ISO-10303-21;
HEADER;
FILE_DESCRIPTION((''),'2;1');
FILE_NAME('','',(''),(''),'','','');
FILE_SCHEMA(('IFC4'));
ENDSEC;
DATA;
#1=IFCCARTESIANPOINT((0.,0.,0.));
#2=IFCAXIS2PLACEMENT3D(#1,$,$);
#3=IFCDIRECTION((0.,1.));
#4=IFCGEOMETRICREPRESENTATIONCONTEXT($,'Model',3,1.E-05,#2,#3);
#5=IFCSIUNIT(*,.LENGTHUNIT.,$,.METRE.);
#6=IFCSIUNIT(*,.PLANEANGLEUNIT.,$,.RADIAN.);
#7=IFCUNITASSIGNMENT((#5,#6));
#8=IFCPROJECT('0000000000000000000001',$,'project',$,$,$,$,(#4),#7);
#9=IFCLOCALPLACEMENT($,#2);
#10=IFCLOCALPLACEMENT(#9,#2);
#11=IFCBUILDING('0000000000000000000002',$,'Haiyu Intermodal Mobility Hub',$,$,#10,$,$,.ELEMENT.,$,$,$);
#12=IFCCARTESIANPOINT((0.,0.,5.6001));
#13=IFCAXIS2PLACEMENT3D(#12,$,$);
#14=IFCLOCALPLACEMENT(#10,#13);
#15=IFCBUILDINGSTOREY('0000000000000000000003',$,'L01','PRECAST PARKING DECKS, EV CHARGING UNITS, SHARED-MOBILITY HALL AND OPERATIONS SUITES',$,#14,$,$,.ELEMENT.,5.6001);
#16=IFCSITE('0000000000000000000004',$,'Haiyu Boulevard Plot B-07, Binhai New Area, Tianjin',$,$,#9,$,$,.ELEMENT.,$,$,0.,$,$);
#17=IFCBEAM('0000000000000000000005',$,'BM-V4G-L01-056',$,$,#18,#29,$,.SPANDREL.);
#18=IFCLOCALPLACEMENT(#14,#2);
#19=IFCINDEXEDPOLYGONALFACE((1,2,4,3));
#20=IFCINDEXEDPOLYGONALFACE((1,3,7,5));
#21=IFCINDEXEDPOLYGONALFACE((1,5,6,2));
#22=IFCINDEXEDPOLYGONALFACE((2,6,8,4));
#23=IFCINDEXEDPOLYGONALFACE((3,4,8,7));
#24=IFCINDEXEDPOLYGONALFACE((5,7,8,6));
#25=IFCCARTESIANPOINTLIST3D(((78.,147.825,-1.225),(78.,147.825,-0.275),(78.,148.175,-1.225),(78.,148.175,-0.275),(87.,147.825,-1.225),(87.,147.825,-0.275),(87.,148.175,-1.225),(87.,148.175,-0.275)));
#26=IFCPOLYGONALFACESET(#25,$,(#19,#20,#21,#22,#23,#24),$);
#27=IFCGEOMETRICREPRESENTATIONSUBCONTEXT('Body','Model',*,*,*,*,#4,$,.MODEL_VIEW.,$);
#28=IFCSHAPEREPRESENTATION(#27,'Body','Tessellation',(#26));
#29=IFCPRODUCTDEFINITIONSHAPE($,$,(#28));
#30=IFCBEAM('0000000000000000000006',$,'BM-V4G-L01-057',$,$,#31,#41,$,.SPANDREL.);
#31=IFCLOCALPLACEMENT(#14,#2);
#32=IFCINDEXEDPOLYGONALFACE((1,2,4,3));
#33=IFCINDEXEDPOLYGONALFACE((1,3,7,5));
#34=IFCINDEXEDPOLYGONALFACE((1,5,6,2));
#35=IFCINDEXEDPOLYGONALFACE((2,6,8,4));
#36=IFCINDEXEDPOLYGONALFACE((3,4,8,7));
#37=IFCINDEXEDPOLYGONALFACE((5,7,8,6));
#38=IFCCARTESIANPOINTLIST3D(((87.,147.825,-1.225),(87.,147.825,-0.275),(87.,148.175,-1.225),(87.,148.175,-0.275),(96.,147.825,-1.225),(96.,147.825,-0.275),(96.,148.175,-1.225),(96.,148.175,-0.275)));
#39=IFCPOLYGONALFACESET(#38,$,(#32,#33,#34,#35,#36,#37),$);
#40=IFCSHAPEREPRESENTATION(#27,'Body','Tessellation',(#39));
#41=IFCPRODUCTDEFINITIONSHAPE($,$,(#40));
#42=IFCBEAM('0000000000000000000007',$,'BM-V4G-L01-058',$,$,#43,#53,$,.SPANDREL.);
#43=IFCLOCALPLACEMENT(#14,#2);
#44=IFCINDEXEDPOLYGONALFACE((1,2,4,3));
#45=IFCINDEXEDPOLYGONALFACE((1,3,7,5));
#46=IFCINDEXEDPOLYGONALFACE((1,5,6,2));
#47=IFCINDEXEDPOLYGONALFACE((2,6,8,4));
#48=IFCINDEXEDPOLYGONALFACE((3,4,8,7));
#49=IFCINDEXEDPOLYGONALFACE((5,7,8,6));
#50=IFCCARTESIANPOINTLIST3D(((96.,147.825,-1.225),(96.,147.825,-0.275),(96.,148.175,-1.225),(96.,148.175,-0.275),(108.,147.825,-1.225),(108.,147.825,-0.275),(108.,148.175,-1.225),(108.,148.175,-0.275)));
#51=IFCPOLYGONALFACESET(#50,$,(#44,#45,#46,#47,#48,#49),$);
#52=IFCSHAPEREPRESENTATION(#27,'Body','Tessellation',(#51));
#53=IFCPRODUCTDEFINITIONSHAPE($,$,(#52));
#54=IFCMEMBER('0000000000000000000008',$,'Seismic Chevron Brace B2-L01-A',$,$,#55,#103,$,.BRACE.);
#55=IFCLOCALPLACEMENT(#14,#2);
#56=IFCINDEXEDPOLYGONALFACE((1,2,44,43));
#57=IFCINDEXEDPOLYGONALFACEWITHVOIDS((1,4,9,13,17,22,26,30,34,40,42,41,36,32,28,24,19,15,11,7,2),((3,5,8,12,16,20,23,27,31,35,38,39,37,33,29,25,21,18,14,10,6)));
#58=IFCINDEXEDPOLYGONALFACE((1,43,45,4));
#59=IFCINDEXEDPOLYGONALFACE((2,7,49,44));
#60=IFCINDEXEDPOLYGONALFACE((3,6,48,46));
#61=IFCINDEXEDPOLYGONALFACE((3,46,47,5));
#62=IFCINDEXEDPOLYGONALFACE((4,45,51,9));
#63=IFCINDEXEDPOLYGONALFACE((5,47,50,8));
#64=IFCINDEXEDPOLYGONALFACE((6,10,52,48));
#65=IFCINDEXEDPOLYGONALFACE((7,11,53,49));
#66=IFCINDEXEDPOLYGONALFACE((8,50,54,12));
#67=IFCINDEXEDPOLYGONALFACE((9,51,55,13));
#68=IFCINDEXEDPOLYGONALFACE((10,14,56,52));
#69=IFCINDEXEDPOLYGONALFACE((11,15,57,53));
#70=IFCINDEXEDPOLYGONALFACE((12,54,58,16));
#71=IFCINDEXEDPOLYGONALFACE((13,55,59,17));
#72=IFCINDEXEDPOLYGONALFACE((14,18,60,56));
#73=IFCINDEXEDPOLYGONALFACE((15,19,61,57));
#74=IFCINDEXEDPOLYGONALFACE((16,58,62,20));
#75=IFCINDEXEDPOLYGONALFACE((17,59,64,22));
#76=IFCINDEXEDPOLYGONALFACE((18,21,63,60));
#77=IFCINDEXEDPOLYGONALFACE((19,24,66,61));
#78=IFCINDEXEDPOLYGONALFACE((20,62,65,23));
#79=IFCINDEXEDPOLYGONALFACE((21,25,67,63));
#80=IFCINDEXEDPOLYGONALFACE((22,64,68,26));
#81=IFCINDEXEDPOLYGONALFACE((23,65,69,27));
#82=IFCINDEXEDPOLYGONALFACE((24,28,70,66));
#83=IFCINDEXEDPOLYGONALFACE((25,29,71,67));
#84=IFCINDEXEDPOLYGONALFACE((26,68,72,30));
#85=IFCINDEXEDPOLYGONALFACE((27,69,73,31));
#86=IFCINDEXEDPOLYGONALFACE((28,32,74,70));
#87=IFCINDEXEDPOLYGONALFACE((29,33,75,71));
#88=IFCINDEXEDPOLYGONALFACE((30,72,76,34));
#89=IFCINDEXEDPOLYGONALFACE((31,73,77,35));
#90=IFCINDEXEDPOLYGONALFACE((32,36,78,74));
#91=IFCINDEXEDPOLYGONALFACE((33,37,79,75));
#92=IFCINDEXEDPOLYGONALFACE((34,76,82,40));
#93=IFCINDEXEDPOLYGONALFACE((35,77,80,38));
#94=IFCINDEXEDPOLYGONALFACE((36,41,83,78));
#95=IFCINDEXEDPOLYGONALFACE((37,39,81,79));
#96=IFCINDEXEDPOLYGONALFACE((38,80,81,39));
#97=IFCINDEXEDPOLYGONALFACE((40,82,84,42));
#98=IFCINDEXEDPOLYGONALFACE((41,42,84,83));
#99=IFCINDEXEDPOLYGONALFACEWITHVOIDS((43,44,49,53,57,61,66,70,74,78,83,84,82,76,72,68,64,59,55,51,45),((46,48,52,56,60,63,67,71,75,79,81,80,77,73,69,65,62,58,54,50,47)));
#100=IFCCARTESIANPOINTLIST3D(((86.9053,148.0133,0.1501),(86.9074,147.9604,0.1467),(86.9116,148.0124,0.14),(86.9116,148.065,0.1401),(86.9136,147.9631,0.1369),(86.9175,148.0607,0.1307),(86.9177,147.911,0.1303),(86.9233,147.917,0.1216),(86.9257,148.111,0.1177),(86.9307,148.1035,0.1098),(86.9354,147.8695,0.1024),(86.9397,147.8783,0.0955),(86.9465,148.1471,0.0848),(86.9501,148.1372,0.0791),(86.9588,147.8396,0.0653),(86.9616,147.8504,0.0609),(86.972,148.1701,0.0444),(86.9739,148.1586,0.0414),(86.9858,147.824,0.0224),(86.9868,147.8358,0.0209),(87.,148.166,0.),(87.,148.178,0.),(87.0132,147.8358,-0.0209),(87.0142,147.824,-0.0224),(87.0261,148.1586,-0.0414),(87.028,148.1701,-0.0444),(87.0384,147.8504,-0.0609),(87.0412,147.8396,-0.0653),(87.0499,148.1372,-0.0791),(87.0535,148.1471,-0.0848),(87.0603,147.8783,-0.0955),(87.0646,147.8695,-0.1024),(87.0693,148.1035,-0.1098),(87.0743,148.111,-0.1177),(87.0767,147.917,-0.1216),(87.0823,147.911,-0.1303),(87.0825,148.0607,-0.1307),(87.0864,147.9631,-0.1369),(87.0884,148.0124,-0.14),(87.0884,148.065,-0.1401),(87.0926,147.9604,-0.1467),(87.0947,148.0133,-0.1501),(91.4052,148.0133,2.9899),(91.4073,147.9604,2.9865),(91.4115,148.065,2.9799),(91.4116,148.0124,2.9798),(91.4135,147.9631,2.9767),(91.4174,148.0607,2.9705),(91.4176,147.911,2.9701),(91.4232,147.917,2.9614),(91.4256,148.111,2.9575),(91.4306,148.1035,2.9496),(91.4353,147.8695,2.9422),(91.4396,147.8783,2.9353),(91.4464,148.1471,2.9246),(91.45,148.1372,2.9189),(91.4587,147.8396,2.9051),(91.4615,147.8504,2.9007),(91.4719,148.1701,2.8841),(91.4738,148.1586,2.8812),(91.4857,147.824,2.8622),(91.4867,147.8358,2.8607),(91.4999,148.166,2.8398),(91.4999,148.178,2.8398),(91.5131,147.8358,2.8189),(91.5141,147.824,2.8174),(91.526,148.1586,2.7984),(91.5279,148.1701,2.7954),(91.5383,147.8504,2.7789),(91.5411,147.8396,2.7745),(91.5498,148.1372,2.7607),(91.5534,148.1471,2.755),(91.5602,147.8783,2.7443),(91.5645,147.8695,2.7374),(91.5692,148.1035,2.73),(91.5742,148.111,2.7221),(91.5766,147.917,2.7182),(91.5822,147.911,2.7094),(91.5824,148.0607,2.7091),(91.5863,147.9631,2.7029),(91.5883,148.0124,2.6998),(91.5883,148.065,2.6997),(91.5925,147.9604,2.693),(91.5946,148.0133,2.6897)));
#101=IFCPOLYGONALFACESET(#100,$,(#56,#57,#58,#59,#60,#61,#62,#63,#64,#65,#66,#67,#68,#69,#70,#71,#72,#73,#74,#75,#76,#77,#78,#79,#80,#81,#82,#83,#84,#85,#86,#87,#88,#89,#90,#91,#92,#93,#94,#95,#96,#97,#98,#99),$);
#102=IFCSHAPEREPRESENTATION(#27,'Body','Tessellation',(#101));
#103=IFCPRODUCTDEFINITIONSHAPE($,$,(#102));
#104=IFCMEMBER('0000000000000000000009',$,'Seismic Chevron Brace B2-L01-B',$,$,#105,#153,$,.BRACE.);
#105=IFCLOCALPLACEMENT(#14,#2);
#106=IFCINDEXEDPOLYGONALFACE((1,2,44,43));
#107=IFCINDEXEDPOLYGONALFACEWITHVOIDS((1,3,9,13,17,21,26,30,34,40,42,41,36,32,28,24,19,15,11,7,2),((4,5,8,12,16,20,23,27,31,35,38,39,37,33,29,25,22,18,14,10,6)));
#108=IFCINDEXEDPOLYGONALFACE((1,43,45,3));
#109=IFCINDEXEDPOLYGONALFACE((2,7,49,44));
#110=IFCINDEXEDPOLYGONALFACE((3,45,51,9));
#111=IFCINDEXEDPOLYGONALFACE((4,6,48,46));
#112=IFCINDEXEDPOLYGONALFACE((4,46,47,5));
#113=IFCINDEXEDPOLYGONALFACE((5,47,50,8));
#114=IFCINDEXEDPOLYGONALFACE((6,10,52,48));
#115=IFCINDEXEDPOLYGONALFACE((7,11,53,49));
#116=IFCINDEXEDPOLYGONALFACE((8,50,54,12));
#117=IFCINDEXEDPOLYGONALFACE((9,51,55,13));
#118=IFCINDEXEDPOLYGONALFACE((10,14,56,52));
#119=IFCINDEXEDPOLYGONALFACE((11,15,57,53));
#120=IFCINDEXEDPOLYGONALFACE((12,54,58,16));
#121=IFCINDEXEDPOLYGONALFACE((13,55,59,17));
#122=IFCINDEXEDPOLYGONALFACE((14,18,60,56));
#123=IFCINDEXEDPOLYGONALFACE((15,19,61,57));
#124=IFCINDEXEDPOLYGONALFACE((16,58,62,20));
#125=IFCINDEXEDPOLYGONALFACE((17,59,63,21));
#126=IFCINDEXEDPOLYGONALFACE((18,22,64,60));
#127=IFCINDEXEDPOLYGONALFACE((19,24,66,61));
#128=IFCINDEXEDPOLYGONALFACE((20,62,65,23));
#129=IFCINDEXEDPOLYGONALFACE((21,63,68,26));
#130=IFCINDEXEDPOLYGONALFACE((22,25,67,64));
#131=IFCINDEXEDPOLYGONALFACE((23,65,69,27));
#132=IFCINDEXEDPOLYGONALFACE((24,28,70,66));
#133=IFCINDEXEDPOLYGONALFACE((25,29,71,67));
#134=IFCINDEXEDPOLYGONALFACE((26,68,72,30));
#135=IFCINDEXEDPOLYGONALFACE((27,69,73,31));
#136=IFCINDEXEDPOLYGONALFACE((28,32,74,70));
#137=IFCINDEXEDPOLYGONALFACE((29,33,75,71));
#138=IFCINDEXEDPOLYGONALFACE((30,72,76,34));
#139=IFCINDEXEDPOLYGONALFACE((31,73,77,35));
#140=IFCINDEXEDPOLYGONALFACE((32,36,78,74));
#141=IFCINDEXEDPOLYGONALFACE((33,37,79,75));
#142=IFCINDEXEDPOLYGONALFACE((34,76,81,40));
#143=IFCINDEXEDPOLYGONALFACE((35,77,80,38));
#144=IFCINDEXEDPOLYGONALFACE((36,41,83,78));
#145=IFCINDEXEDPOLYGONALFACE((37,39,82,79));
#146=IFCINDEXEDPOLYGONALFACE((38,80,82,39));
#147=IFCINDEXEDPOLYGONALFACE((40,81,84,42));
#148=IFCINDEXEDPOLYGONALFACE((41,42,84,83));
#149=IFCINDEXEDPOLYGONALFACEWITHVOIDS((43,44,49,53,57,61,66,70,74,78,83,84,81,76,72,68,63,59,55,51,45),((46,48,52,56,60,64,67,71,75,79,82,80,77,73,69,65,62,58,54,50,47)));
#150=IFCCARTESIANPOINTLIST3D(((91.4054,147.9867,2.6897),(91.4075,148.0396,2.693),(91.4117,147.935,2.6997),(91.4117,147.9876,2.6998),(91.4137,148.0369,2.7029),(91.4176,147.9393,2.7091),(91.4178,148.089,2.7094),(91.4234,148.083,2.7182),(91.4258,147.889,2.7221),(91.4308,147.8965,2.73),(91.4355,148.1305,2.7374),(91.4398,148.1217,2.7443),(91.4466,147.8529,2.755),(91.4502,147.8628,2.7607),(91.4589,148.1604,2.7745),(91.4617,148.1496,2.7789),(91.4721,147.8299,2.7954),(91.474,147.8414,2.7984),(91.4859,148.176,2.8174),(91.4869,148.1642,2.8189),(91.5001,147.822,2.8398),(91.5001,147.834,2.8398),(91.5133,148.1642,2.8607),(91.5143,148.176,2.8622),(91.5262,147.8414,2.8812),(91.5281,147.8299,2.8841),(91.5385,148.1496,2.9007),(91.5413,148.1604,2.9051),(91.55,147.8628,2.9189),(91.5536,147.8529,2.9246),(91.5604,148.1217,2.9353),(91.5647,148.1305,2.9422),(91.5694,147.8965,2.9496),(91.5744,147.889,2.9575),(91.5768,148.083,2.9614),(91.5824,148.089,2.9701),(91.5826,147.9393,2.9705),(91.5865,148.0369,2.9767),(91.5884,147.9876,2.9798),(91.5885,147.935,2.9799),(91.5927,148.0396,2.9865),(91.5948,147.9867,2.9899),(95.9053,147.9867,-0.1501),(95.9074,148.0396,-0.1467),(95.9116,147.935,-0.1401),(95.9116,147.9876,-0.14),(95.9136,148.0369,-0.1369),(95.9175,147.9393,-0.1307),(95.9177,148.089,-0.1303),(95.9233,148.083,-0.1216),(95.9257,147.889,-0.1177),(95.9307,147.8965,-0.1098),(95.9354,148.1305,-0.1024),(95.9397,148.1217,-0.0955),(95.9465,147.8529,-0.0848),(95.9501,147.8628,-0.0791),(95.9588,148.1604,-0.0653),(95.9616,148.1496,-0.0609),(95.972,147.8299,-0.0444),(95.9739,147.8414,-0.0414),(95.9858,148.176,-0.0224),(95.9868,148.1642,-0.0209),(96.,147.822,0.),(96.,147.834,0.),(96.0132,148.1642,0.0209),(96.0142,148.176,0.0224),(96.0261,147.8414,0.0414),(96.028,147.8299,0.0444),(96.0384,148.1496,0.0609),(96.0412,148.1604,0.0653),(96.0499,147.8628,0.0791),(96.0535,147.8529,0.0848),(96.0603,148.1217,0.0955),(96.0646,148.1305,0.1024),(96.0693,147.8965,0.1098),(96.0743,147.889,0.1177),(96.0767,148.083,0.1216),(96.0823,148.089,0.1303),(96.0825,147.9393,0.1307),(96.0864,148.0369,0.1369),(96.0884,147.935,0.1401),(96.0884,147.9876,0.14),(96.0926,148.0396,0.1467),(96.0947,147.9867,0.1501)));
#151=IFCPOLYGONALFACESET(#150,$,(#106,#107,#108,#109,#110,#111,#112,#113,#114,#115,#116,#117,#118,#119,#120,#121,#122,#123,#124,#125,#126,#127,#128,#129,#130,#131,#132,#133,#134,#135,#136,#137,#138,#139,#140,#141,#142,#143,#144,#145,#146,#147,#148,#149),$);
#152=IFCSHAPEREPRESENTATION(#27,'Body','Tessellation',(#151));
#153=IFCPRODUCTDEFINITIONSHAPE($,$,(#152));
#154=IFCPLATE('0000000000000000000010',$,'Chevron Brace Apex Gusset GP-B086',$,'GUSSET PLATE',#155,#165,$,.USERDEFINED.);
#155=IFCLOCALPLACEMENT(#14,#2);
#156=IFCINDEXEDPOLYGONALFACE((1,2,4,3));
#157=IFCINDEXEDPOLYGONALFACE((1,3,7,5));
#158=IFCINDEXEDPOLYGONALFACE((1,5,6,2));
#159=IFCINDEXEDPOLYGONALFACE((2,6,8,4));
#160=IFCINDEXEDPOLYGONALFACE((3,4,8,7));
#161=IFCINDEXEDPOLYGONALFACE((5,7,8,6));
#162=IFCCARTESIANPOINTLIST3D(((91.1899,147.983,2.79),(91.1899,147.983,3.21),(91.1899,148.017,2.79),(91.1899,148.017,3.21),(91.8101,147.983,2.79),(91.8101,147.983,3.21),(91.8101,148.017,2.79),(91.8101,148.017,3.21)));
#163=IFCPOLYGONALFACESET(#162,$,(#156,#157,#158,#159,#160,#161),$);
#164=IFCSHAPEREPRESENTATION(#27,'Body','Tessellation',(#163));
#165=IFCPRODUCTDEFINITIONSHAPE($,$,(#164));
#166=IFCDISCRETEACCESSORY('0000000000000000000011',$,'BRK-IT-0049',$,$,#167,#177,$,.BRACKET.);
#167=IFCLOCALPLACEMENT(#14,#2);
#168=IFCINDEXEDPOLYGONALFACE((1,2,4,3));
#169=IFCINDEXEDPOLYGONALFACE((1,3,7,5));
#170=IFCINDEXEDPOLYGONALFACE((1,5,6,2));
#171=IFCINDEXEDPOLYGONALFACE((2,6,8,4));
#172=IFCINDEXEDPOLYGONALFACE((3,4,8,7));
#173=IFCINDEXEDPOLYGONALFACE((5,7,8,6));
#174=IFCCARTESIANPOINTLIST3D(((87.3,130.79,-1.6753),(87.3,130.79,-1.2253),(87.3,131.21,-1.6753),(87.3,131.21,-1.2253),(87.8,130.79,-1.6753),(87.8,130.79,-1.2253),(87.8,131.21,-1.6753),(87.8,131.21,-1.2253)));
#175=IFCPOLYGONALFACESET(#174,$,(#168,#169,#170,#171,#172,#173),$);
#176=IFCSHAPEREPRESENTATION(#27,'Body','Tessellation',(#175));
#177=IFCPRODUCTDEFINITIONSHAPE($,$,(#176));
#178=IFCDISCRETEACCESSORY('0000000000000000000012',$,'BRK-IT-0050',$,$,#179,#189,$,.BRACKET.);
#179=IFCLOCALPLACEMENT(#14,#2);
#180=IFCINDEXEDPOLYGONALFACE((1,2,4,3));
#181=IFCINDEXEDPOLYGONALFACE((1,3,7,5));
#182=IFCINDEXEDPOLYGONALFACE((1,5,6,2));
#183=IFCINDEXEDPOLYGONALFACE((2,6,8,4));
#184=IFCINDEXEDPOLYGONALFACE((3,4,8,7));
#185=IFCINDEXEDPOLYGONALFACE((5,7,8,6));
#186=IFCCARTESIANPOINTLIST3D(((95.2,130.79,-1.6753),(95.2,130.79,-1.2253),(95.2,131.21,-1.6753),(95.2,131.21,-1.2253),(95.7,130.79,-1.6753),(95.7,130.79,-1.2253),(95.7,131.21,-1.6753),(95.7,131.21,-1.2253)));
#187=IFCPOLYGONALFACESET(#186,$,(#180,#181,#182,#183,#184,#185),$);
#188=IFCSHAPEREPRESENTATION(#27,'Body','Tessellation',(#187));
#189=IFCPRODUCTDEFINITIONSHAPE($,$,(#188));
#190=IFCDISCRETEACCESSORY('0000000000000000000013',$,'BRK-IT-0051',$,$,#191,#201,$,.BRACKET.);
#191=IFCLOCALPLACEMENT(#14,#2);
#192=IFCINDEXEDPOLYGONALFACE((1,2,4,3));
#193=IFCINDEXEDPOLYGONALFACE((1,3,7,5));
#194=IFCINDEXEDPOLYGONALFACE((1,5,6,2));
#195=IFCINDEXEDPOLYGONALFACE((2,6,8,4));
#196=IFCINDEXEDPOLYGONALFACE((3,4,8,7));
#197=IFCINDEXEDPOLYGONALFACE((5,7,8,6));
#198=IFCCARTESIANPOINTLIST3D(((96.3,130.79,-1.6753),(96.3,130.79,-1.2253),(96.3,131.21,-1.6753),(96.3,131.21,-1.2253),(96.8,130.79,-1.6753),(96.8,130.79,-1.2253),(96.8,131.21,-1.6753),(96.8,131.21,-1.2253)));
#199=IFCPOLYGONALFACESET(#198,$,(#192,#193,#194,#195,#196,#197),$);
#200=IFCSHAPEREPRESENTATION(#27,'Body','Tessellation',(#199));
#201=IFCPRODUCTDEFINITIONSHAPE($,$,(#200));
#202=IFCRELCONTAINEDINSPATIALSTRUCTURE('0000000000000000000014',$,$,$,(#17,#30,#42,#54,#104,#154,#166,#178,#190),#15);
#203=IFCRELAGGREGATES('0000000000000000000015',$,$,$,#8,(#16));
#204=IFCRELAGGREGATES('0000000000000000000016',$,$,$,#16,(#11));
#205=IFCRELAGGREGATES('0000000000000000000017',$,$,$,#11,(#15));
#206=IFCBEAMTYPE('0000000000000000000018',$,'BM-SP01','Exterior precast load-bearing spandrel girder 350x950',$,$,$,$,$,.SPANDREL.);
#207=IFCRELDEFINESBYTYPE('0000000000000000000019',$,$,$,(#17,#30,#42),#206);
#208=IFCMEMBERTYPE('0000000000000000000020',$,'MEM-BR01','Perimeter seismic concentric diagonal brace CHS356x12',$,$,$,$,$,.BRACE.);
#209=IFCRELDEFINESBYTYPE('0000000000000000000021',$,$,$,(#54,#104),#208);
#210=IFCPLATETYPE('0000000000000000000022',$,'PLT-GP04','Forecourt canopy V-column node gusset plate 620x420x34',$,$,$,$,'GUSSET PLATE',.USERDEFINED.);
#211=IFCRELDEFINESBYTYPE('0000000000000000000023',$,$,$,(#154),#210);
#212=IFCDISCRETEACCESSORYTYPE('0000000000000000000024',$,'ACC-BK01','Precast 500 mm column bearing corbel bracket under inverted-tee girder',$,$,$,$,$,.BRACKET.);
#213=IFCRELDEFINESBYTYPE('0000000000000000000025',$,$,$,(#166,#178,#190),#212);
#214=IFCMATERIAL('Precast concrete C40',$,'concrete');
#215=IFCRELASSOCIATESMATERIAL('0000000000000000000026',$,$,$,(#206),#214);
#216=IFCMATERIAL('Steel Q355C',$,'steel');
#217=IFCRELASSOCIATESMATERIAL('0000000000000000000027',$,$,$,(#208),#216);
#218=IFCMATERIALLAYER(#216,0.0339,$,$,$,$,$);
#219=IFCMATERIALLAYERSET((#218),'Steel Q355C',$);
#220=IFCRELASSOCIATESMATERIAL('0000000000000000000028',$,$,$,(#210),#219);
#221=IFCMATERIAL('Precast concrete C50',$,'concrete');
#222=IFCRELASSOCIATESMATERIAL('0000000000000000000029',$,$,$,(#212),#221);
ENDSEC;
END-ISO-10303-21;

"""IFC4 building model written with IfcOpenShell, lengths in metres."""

from ifc_helpers import new_model, si_unit, direction, frame, origin, origin_2d, place, context, subcontext, project, spatial, rectangle, hollow_circle, extrude, material, layer, layer_set, material_profile, profile_set, type_object, element, save


model = new_model("IFC4")

# Units and contexts
model_context = context("Model", 3, precision=1e-05, world=origin(), true_north=direction((0.0, 1.0)))
body_context = subcontext(model_context, "Body", "Model", "MODEL_VIEW")
ifc_project = project(units=[si_unit("LENGTHUNIT", "METRE"), si_unit("PLANEANGLEUNIT", "RADIAN")], contexts=[model_context])

# Site, building, storey
site_placement = place(None, origin())
site = spatial("IfcSite", under=ifc_project, at=site_placement, Name="Haiyu Boulevard Plot B-07, Binhai New Area, Tianjin", CompositionType="ELEMENT", RefElevation=0.0)
building_placement = place(site_placement, origin())
building = spatial("IfcBuilding", under=site, at=building_placement, Name="Haiyu Intermodal Mobility Hub", CompositionType="ELEMENT")
storey_placement = place(building_placement, frame((0.0, 0.0, 5.6001)))
storey = spatial("IfcBuildingStorey", under=building, at=storey_placement, Name="L01", Description="PRECAST PARKING DECKS, EV CHARGING UNITS, SHARED-MOBILITY HALL AND OPERATIONS SUITES", CompositionType="ELEMENT", Elevation=5.6001)

# Shared definitions
ifc_material_1 = material(Name="Precast concrete C40", Category="concrete")

# Beams
ifc_material_2 = material(Name="Precast concrete C50", Category="concrete")
ifc_material_profile_1 = material_profile(ifc_material_1, rectangle(XDim=0.3501, YDim=0.95, at=origin_2d()), Name="PC350x950")
ifc_profile_set_1 = profile_set([ifc_material_profile_1], Name="Precast concrete C40")
beam_type_1 = type_object("IfcBeamType", Name="BM-SP01", Description="Exterior precast load-bearing spandrel girder 350x950", PredefinedType="SPANDREL", material=ifc_profile_set_1)
for number, where, z_axis, x_axis, name in (
    (1, (78.0, 148.0, -0.75), (1.0, 0.0, 0.0), (0.0, 1.0, 0.0), "BM-V4G-L01-056"),
    (2, (87.0, 148.0, -0.75), (1.0, 0.0, 0.0), (0.0, 1.0, 0.0), "BM-V4G-L01-057"),
):
    element("IfcBeam", number, at=place(storey_placement, frame(where, z_axis=z_axis, x_axis=x_axis)), inside=storey, type_object=beam_type_1, Name=name, PredefinedType="SPANDREL", context=body_context, shape_type="SweptSolid", body=[
        extrude(rectangle(XDim=0.3501, YDim=0.95, at=origin_2d()), origin(), (0.0, 0.0, 1.0), 9.0),
    ])
beam_1_placement = place(storey_placement, frame((96.0, 148.0, -0.75), z_axis=(1.0, 0.0, 0.0), x_axis=(0.0, 1.0, 0.0)))
element("IfcBeam", 3, at=beam_1_placement, inside=storey, type_object=beam_type_1, Name="BM-V4G-L01-058", PredefinedType="SPANDREL", context=body_context, shape_type="SweptSolid", body=[
    extrude(rectangle(XDim=0.3501, YDim=0.95, at=origin_2d()), origin(), (0.0, 0.0, 1.0), 12.0),
])

# Members
ifc_material_3 = material(Name="Steel Q355C", Category="steel")
ifc_material_profile_2 = material_profile(ifc_material_3, hollow_circle(Radius=0.178, WallThickness=0.012, at=origin_2d()), Name="CHS356x12")
ifc_profile_set_2 = profile_set([ifc_material_profile_2], Name="Steel Q355C")
member_type = type_object("IfcMemberType", Name="MEM-BR01", Description="Perimeter seismic concentric diagonal brace CHS356x12", PredefinedType="BRACE", material=ifc_profile_set_2)
for number, where, z_axis, x_axis, name in (
    (4, (87.0, 148.0, 0.0), (0.845681, 0.0, 0.533689), (0.0, 1.0, 0.0), "Seismic Chevron Brace B2-L01-A"),
    (5, (96.0, 148.0, 0.0), (-0.845681, 0.0, 0.533689), (0.0, -1.0, 0.0), "Seismic Chevron Brace B2-L01-B"),
):
    element("IfcMember", number, at=place(storey_placement, frame(where, z_axis=z_axis, x_axis=x_axis)), inside=storey, type_object=member_type, Name=name, PredefinedType="BRACE", context=body_context, shape_type="SweptSolid", body=[
        extrude(hollow_circle(Radius=0.178, WallThickness=0.012, at=origin_2d()), origin(), (0.0, 0.0, 1.0), 5.321),
    ])

# Plate
ifc_layer = layer(ifc_material_3, 0.0339)
ifc_layer_set = layer_set([ifc_layer], Name="Steel Q355C")
plate_type = type_object("IfcPlateType", Name="PLT-GP04", Description="Forecourt canopy V-column node gusset plate 620x420x34", ElementType="GUSSET PLATE", PredefinedType="USERDEFINED", material=ifc_layer_set)
plate_placement = place(storey_placement, frame((91.5, 148.0, 2.79), z_axis=(0.0, 0.0, 1.0), x_axis=(1.0, 0.0, 0.0)))
element("IfcPlate", 6, at=plate_placement, inside=storey, type_object=plate_type, Name="Chevron Brace Apex Gusset GP-B086", ObjectType="GUSSET PLATE", PredefinedType="USERDEFINED", context=body_context, shape_type="SweptSolid", body=[
    extrude(rectangle(XDim=0.6201, YDim=0.0339, at=origin_2d()), origin(), (0.0, 0.0, 1.0), 0.4199),
])

# Discrete accessories
discrete_accessory_type_1 = type_object("IfcDiscreteAccessoryType", Name="ACC-BK01", Description="Precast 500 mm column bearing corbel bracket under inverted-tee girder", PredefinedType="BRACKET", material=ifc_material_2)
for number, where, z_axis, x_axis, name in (
    (7, (87.55, 131.0, -1.6753), (0.0, 0.0, 1.0), (1.0, 0.0, 0.0), "BRK-IT-0049"),
    (8, (95.45, 131.0, -1.6753), (0.0, 0.0, 1.0), (1.0, 0.0, 0.0), "BRK-IT-0050"),
    (9, (96.55, 131.0, -1.6753), (0.0, 0.0, 1.0), (1.0, 0.0, 0.0), "BRK-IT-0051"),
):
    element("IfcDiscreteAccessory", number, at=place(storey_placement, frame(where, z_axis=z_axis, x_axis=x_axis)), inside=storey, type_object=discrete_accessory_type_1, Name=name, PredefinedType="BRACKET", context=body_context, shape_type="SweptSolid", body=[
        extrude(rectangle(XDim=0.5, YDim=0.4199, at=origin_2d()), origin(), (0.0, 0.0, 1.0), 0.45),
    ])

save(model, "model.ifc")
